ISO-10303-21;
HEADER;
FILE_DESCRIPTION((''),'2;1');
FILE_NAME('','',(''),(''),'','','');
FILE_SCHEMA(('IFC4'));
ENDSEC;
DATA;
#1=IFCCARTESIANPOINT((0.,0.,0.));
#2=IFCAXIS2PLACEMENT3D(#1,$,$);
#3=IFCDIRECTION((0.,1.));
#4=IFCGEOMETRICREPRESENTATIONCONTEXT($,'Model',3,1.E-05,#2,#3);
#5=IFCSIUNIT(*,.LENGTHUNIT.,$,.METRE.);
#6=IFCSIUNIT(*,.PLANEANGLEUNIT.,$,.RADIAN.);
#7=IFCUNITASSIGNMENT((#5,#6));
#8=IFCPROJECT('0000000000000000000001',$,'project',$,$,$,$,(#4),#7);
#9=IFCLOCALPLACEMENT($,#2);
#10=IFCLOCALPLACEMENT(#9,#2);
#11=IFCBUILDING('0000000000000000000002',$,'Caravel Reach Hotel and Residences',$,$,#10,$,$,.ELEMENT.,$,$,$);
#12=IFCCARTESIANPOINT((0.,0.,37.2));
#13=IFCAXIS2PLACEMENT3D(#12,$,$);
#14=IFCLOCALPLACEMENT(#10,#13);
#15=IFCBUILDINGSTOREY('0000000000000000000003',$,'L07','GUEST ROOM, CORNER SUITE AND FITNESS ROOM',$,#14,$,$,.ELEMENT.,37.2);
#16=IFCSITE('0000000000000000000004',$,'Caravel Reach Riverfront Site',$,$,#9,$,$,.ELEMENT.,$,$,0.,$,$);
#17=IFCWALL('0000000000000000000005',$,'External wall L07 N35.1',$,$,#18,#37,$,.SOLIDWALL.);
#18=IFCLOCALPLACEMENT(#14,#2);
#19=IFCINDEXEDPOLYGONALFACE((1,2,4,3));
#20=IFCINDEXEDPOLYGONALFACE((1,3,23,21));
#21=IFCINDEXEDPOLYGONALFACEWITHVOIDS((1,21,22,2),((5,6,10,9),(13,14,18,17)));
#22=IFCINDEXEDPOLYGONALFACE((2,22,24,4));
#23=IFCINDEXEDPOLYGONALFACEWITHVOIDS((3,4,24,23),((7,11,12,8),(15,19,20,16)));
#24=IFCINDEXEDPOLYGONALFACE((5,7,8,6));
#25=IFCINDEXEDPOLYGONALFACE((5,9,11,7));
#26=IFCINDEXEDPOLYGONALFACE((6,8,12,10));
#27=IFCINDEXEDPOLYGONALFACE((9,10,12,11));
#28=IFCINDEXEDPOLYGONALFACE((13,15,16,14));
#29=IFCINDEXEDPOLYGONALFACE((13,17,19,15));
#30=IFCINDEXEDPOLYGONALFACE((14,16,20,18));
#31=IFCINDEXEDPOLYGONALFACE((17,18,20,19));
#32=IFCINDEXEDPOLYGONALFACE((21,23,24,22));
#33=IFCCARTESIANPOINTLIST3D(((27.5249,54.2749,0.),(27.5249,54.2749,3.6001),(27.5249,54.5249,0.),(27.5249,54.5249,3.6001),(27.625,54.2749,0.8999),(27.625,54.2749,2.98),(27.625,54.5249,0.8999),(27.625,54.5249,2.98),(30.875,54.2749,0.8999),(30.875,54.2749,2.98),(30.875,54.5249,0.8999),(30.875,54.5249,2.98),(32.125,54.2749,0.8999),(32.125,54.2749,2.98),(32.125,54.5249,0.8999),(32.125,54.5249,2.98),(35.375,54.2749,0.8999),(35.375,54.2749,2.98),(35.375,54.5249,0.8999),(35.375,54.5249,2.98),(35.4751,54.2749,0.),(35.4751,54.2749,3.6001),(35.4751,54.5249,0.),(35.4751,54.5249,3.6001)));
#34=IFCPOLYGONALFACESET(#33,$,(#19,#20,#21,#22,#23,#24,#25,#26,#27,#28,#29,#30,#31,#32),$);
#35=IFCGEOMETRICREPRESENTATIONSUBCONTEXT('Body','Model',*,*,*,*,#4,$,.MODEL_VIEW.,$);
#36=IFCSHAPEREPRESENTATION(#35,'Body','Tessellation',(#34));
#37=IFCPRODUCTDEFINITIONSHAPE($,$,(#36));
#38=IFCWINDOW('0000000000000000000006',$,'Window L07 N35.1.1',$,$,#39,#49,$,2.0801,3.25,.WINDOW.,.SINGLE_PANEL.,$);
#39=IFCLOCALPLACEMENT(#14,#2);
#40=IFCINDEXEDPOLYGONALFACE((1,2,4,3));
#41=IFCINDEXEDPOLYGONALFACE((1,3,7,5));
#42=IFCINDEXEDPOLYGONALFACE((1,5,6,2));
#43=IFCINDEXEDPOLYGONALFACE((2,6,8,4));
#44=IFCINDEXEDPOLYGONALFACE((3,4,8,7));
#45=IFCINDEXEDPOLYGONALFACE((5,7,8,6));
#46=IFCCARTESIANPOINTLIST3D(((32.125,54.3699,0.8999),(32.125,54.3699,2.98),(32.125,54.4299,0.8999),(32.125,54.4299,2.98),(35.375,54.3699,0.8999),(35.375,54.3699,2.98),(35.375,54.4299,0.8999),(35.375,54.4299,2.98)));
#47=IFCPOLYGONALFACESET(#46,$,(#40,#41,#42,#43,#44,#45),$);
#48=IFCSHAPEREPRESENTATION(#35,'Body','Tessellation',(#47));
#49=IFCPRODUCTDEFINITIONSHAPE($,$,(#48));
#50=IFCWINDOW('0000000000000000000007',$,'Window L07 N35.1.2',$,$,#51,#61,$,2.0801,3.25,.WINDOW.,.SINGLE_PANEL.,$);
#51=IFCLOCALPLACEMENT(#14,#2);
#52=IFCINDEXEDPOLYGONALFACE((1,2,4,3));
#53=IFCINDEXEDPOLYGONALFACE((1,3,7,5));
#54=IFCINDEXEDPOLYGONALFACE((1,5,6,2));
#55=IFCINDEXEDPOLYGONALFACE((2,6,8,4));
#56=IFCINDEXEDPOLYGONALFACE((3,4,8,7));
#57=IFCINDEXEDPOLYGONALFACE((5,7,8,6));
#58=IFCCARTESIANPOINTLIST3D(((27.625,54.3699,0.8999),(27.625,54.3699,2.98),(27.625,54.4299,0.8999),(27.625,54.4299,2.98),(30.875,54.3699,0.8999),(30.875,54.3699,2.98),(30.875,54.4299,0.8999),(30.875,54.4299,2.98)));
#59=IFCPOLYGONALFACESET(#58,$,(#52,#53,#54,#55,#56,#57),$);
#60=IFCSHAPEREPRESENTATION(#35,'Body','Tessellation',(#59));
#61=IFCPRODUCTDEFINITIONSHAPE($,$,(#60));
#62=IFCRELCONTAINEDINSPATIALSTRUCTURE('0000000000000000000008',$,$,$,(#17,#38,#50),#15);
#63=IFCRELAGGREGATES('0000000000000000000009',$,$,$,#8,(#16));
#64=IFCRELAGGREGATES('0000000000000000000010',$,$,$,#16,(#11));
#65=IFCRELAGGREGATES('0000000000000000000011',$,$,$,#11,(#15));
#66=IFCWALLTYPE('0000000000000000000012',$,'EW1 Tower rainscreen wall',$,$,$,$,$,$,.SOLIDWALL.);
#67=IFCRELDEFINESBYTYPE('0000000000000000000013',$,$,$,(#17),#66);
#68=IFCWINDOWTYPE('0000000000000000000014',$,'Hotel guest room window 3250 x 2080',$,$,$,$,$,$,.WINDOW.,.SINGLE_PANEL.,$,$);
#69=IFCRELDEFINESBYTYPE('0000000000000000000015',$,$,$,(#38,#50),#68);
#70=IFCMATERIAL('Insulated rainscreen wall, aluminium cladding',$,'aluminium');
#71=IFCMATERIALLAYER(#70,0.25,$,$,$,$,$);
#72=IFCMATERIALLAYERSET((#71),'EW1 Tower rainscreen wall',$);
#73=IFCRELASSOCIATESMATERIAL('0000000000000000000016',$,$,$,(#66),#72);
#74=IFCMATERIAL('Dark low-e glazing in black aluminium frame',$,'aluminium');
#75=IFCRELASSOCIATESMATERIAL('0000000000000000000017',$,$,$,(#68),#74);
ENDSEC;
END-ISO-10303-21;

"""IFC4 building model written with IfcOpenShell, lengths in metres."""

from ifc_helpers import new_model, si_unit, direction, frame, frame_2d, origin, place, context, subcontext, project, spatial, rectangle, extrude, material, layer, layer_set, type_object, element, fill, save


model = new_model("IFC4")

# Units and contexts
model_context = context("Model", 3, precision=1e-05, world=origin(), true_north=direction((0.0, 1.0)))
body_context = subcontext(model_context, "Body", "Model", "MODEL_VIEW")
ifc_project = project(units=[si_unit("LENGTHUNIT", "METRE"), si_unit("PLANEANGLEUNIT", "RADIAN")], contexts=[model_context])

# Site, building, storey
site_placement = place(None, origin())
site = spatial("IfcSite", under=ifc_project, at=site_placement, Name="Caravel Reach Riverfront Site", CompositionType="ELEMENT", RefElevation=0.0)
building_placement = place(site_placement, origin())
building = spatial("IfcBuilding", under=site, at=building_placement, Name="Caravel Reach Hotel and Residences", CompositionType="ELEMENT")
storey_placement = place(building_placement, frame((0.0, 0.0, 37.2)))
storey = spatial("IfcBuildingStorey", under=building, at=storey_placement, Name="L07", Description="GUEST ROOM, CORNER SUITE AND FITNESS ROOM", CompositionType="ELEMENT", Elevation=37.2)

# Shared definitions
ifc_material_1 = material(Name="Insulated rainscreen wall, aluminium cladding", Category="aluminium")
ifc_layer = layer(ifc_material_1, 0.25)
ifc_layer_set = layer_set([ifc_layer], Name="EW1 Tower rainscreen wall")
wall_type = type_object("IfcWallType", Name="EW1 Tower rainscreen wall", PredefinedType="SOLIDWALL", material=ifc_layer_set)

# Wall, openings, windows
wall_1_placement = place(storey_placement, frame((35.4751, 54.3999, 0.0), z_axis=(0.0, 0.0, 1.0), x_axis=(-1.0, 0.0, 0.0)))
wall_1 = element("IfcWall", 1, at=wall_1_placement, inside=storey, type_object=wall_type, Name="External wall L07 N35.1", PredefinedType="SOLIDWALL", context=body_context, shape_type="SweptSolid", body=[
    extrude(rectangle(XDim=7.9502, YDim=0.25, at=frame_2d((3.9751, 0.0))), origin(), (0.0, 0.0, 1.0), 3.6001),
])
opening_1_placement = place(wall_1_placement, frame((0.1001, 0.0, 0.8999)))
opening_1 = element("IfcOpeningElement", 2, at=opening_1_placement, cuts=wall_1, PredefinedType="OPENING", context=body_context, shape_type="SweptSolid", body=[
    extrude(rectangle(XDim=3.25, YDim=2.0801, at=frame_2d((1.625, 1.04))), frame((0.0, 0.135, 0.0), z_axis=(0.0, -1.0, 0.0), x_axis=(1.0, 0.0, 0.0)), (0.0, 0.0, 1.0), 0.27),
])
opening_2_placement = place(wall_1_placement, frame((4.6001, 0.0, 0.8999)))
opening_2 = element("IfcOpeningElement", 3, at=opening_2_placement, cuts=wall_1, PredefinedType="OPENING", context=body_context, shape_type="SweptSolid", body=[
    extrude(rectangle(XDim=3.25, YDim=2.0801, at=frame_2d((1.625, 1.04))), frame((0.0, 0.135, 0.0), z_axis=(0.0, -1.0, 0.0), x_axis=(1.0, 0.0, 0.0)), (0.0, 0.0, 1.0), 0.27),
])
ifc_material_2 = material(Name="Dark low-e glazing in black aluminium frame", Category="aluminium")
window_type_1 = type_object("IfcWindowType", Name="Hotel guest room window 3250 x 2080", PartitioningType="SINGLE_PANEL", PredefinedType="WINDOW", material=ifc_material_2)
window_1_placement = place(opening_1_placement, origin())
window_1 = element("IfcWindow", 4, at=window_1_placement, inside=storey, type_object=window_type_1, Name="Window L07 N35.1.1", OverallHeight=2.0801, OverallWidth=3.25, PartitioningType="SINGLE_PANEL", PredefinedType="WINDOW", context=body_context, shape_type="SweptSolid", body=[
    extrude(rectangle(XDim=3.25, YDim=2.0801, at=frame_2d((1.625, 1.04))), frame((0.0, 0.03, 0.0), z_axis=(0.0, -1.0, 0.0), x_axis=(1.0, 0.0, 0.0)), (0.0, 0.0, 1.0), 0.0601),
])
fill(opening_1, window_1)
window_2_placement = place(opening_2_placement, origin())
window_2 = element("IfcWindow", 5, at=window_2_placement, inside=storey, type_object=window_type_1, Name="Window L07 N35.1.2", OverallHeight=2.0801, OverallWidth=3.25, PartitioningType="SINGLE_PANEL", PredefinedType="WINDOW", context=body_context, shape_type="SweptSolid", body=[
    extrude(rectangle(XDim=3.25, YDim=2.0801, at=frame_2d((1.625, 1.04))), frame((0.0, 0.03, 0.0), z_axis=(0.0, -1.0, 0.0), x_axis=(1.0, 0.0, 0.0)), (0.0, 0.0, 1.0), 0.0601),
])
fill(opening_2, window_2)

save(model, "model.ifc")
